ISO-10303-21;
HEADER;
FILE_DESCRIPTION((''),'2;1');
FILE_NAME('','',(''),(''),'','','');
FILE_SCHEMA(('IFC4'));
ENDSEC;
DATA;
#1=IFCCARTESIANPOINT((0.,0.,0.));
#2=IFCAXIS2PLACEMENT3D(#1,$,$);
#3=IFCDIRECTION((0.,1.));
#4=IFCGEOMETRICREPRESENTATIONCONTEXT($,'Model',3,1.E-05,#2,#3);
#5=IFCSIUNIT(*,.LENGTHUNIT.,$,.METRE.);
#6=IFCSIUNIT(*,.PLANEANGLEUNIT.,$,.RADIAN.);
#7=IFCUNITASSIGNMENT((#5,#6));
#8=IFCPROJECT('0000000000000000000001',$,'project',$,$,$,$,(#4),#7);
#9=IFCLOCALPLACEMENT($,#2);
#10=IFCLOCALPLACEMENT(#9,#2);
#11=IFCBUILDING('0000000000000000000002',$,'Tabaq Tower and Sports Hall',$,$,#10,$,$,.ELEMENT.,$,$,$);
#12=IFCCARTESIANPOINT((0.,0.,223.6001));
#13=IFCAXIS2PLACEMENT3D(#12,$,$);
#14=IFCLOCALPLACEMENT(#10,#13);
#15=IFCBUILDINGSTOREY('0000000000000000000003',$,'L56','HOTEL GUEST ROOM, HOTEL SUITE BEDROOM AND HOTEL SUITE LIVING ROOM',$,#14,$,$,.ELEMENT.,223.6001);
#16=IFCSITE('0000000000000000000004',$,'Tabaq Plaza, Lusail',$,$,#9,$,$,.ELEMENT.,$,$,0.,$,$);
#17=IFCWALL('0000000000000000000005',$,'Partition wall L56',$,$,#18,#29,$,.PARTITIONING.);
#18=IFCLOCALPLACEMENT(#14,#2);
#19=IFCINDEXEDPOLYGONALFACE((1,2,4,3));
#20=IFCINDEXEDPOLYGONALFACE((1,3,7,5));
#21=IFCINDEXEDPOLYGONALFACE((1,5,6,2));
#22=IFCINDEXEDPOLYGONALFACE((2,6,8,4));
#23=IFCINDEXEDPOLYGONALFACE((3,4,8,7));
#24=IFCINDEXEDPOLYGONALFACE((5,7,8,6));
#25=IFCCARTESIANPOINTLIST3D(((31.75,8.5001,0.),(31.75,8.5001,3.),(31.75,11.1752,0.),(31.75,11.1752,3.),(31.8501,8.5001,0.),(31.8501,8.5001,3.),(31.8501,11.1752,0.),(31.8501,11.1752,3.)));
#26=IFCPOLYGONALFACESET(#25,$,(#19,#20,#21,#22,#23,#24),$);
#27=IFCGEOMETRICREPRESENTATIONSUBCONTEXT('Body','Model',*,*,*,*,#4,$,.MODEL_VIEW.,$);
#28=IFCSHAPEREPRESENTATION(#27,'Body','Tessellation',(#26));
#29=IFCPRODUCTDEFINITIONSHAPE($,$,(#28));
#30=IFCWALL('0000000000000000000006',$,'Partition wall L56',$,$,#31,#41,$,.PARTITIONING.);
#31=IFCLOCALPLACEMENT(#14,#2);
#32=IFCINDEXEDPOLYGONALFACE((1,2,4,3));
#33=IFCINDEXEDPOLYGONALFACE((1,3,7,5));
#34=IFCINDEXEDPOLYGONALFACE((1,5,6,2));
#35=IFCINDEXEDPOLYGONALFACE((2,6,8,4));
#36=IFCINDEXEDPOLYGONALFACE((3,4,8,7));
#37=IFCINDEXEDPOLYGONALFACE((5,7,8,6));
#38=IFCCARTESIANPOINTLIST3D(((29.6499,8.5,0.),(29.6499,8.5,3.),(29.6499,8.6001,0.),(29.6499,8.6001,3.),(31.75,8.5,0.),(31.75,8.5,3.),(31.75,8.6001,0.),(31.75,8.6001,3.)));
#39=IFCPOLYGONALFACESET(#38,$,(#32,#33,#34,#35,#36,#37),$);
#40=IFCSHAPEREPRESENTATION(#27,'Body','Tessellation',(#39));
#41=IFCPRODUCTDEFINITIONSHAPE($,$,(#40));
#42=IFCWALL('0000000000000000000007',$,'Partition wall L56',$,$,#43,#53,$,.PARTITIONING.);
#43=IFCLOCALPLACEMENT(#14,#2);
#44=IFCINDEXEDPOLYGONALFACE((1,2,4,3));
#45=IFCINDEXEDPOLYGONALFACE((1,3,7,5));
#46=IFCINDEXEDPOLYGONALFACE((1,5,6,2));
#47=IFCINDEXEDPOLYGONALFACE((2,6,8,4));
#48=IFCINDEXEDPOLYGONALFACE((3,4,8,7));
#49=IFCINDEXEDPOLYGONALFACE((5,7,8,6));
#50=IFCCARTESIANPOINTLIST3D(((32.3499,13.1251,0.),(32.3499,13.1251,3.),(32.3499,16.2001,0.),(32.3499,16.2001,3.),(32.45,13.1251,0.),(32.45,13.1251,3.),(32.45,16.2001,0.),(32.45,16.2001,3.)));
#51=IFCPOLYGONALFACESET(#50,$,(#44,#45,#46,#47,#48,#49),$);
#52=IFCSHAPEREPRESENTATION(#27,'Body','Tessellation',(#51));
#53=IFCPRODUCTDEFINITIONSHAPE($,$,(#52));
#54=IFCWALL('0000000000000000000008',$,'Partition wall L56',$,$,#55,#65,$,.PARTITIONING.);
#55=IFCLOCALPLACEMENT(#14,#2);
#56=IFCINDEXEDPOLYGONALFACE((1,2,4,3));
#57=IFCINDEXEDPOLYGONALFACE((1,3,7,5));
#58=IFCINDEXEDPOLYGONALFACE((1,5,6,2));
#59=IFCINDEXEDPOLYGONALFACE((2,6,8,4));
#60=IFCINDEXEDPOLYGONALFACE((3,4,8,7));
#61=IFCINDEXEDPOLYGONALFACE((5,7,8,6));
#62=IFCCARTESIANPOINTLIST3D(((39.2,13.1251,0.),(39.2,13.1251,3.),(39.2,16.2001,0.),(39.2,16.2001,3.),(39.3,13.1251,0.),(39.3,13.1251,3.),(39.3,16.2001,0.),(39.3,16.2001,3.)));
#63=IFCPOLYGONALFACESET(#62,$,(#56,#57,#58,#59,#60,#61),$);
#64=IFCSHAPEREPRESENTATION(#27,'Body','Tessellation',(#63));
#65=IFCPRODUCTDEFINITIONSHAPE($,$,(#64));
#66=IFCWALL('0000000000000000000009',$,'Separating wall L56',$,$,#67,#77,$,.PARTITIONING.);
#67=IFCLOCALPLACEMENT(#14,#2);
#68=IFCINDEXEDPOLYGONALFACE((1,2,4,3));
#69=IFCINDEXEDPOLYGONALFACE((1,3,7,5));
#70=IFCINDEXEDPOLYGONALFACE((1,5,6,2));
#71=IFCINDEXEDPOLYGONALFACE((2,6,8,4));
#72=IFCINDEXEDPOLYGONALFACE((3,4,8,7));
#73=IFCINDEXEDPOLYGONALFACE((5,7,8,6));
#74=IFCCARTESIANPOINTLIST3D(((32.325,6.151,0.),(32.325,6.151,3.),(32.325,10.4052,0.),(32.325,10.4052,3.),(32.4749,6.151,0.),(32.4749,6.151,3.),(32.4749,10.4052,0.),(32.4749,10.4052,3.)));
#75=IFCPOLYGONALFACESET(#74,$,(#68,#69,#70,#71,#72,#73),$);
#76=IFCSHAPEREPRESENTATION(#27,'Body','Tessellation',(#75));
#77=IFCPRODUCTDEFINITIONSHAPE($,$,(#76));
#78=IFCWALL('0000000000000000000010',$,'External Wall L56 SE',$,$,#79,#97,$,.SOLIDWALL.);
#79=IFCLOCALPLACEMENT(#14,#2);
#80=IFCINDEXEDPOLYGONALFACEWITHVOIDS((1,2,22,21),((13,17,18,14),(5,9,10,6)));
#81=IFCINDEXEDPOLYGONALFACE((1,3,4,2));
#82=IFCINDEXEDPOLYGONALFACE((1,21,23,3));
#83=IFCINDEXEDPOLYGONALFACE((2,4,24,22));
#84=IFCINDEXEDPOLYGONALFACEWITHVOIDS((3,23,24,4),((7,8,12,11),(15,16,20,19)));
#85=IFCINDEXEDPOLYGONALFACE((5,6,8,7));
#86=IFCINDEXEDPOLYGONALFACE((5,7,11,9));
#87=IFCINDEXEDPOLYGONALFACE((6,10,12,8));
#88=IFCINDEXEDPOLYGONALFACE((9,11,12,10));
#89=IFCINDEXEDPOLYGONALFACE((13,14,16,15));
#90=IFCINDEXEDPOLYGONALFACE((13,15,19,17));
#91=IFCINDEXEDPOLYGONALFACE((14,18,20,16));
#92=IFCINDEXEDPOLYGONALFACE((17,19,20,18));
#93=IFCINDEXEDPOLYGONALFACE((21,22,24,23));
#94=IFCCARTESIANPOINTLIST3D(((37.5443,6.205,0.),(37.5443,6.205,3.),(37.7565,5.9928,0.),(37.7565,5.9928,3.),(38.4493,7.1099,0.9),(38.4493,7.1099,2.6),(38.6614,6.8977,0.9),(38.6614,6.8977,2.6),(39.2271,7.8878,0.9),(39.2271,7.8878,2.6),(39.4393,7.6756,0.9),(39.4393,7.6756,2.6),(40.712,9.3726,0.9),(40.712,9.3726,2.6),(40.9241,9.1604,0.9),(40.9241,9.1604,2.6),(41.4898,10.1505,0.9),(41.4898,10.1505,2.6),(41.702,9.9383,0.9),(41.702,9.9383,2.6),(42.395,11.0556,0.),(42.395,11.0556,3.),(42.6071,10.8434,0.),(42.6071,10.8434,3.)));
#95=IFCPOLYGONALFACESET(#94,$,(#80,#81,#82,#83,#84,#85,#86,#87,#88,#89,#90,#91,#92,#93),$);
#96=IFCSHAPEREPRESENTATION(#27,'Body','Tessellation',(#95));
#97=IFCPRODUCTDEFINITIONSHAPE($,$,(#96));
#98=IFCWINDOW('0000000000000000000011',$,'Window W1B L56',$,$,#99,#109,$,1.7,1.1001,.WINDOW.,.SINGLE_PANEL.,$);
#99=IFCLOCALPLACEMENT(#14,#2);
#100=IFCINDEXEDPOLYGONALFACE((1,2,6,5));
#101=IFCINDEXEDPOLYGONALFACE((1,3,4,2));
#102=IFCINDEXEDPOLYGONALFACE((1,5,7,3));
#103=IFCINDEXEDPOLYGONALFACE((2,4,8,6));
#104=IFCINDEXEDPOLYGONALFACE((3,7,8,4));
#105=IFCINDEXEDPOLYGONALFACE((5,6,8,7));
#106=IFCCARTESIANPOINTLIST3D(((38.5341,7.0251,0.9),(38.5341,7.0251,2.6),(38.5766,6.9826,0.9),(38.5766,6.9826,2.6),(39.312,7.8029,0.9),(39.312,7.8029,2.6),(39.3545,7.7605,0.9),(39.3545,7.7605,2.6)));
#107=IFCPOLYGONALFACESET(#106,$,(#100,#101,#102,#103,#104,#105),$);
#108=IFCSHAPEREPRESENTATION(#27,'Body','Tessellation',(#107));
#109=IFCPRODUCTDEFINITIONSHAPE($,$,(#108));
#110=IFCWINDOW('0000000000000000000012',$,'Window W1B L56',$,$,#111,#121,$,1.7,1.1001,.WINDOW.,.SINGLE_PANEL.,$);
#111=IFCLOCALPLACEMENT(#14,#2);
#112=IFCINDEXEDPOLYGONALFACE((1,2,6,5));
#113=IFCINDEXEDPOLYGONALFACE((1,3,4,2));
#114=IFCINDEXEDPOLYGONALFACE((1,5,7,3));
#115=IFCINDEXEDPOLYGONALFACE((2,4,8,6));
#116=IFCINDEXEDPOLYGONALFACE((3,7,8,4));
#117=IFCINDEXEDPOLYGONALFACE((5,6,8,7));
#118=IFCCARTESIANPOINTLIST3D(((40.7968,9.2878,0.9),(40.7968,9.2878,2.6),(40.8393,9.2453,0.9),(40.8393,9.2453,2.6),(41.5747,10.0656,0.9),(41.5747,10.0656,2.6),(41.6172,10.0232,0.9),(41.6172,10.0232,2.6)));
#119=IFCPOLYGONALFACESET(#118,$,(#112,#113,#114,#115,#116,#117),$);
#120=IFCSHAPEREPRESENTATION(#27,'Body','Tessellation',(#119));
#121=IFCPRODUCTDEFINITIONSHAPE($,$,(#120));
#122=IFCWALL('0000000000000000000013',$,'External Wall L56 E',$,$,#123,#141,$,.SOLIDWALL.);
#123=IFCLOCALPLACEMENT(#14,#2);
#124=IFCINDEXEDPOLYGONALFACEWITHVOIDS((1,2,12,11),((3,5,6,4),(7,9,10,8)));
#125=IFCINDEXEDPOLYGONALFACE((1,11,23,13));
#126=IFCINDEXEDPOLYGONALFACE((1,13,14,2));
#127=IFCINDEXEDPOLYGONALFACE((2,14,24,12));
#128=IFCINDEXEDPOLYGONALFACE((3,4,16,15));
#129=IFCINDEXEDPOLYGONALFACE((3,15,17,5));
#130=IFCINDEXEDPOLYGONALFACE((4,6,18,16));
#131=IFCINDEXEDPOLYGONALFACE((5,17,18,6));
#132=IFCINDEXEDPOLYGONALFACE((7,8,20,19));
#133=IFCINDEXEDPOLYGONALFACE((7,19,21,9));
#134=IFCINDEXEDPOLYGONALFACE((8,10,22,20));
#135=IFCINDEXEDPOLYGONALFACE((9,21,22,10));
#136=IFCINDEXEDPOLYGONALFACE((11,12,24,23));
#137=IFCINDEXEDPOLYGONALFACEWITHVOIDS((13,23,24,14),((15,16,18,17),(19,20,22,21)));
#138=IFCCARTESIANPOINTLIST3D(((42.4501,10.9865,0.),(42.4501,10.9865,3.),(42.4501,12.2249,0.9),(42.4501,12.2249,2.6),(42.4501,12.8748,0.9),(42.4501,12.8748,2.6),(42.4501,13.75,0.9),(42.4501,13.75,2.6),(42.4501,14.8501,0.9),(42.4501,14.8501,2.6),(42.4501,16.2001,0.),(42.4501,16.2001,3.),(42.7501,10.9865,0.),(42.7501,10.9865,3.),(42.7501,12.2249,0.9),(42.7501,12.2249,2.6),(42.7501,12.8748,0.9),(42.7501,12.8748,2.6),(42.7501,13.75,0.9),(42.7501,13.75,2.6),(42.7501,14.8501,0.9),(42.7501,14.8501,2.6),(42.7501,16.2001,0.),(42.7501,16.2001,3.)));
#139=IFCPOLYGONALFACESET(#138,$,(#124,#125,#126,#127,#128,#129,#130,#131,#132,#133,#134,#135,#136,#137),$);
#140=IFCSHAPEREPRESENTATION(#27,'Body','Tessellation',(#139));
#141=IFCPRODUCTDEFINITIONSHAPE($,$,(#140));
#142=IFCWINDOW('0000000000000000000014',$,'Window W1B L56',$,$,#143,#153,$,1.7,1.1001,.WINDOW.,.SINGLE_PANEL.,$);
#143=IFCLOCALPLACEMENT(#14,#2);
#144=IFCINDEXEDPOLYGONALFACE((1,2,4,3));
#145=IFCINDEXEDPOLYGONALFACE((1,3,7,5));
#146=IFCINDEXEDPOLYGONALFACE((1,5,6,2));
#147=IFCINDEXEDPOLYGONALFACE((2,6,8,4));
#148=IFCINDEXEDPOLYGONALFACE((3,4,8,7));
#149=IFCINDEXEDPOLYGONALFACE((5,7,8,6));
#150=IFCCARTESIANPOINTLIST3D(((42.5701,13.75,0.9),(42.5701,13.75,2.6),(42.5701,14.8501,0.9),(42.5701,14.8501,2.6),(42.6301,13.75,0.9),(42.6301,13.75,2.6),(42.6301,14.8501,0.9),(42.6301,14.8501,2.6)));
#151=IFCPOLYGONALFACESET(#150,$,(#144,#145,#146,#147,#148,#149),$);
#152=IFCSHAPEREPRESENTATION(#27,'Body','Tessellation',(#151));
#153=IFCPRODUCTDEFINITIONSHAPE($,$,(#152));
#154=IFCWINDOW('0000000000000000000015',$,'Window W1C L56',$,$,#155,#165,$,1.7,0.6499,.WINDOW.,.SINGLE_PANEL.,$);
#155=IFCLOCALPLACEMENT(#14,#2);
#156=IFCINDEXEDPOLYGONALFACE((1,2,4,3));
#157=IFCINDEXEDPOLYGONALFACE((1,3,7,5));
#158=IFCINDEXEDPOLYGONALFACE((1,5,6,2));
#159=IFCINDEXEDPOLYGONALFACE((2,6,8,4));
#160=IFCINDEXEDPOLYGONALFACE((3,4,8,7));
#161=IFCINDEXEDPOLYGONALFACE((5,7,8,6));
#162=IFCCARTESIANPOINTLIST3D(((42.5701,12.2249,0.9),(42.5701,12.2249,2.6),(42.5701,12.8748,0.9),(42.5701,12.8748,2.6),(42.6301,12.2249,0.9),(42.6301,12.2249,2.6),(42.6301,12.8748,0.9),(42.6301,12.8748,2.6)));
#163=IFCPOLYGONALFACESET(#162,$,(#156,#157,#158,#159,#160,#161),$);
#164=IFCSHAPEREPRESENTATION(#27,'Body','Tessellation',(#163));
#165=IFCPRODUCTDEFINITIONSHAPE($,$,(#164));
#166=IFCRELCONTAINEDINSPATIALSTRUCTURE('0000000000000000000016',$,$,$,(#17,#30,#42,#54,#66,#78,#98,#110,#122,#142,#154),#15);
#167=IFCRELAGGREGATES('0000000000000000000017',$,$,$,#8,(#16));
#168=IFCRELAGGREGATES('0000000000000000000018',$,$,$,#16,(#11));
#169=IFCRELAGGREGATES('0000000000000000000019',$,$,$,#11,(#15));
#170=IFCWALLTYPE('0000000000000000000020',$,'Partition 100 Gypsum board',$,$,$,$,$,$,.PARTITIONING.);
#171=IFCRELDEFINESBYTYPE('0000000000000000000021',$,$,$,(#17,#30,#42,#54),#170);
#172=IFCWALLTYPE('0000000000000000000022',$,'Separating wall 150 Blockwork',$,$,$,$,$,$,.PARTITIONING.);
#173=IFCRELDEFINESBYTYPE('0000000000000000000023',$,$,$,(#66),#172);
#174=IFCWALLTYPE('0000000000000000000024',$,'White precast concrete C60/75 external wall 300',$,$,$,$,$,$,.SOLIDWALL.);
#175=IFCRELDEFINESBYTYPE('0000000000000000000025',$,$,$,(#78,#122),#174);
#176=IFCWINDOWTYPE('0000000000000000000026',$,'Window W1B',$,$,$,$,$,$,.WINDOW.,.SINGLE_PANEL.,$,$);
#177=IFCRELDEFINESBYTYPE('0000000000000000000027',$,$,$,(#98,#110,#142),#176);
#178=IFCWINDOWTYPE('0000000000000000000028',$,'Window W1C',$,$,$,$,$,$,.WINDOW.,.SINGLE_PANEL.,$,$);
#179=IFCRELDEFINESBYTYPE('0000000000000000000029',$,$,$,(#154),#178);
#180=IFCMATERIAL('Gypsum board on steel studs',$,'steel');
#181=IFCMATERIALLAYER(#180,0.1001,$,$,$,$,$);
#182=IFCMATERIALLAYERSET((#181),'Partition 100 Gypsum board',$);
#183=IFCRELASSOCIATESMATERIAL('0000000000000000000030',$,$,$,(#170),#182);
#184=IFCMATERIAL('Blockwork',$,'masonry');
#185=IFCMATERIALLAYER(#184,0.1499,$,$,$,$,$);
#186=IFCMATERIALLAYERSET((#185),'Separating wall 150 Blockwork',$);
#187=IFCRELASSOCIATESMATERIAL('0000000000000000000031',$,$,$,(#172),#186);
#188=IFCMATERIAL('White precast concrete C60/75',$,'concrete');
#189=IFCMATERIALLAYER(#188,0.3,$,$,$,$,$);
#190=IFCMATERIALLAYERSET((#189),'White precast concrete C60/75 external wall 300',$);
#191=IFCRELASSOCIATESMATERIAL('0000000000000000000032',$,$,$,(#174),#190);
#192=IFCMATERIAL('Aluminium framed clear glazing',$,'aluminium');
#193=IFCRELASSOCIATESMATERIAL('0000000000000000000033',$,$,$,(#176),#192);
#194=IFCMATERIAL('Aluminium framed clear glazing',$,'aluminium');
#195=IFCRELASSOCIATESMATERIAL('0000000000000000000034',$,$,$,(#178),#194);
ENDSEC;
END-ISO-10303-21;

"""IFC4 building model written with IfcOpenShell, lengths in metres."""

from ifc_helpers import new_model, si_unit, direction, frame, frame_2d, origin, place, context, subcontext, project, spatial, rectangle, extrude, material, layer, layer_set, type_object, element, fill, save


model = new_model("IFC4")

# Units and contexts
model_context = context("Model", 3, precision=1e-05, world=origin(), true_north=direction((0.0, 1.0)))
body_context = subcontext(model_context, "Body", "Model", "MODEL_VIEW")
ifc_project = project(units=[si_unit("LENGTHUNIT", "METRE"), si_unit("PLANEANGLEUNIT", "RADIAN")], contexts=[model_context])

# Site, building, storey
site_placement = place(None, origin())
site = spatial("IfcSite", under=ifc_project, at=site_placement, Name="Tabaq Plaza, Lusail", CompositionType="ELEMENT", RefElevation=0.0)
building_placement = place(site_placement, origin())
building = spatial("IfcBuilding", under=site, at=building_placement, Name="Tabaq Tower and Sports Hall", CompositionType="ELEMENT")
storey_placement = place(building_placement, frame((0.0, 0.0, 223.6001)))
storey = spatial("IfcBuildingStorey", under=building, at=storey_placement, Name="L56", Description="HOTEL GUEST ROOM, HOTEL SUITE BEDROOM AND HOTEL SUITE LIVING ROOM", CompositionType="ELEMENT", Elevation=223.6001)

# Shared definitions
ifc_material_1 = material(Name="Gypsum board on steel studs", Category="steel")
ifc_layer_1 = layer(ifc_material_1, 0.1001)
ifc_layer_set_1 = layer_set([ifc_layer_1], Name="Partition 100 Gypsum board")
wall_type_1 = type_object("IfcWallType", Name="Partition 100 Gypsum board", PredefinedType="PARTITIONING", material=ifc_layer_set_1)

# Walls
wall_1_placement = place(storey_placement, frame((31.8, 11.175, 0.0), z_axis=(0.0, 0.0, 1.0), x_axis=(0.0, -1.0, 0.0)))
element("IfcWall", 1, at=wall_1_placement, inside=storey, type_object=wall_type_1, Name="Partition wall L56", PredefinedType="PARTITIONING", context=body_context, shape_type="SweptSolid", body=[
    extrude(rectangle(XDim=2.675, YDim=0.1001, at=frame_2d((1.3374, 0.0))), origin(), (0.0, 0.0, 1.0), 3.0),
])
wall_2_placement = place(storey_placement, frame((31.75, 8.55, 0.0), z_axis=(0.0, 0.0, 1.0), x_axis=(-1.0, 0.0, 0.0)))
element("IfcWall", 2, at=wall_2_placement, inside=storey, type_object=wall_type_1, Name="Partition wall L56", PredefinedType="PARTITIONING", context=body_context, shape_type="SweptSolid", body=[
    extrude(rectangle(XDim=2.1001, YDim=0.1001, at=frame_2d((1.05, 0.0))), origin(), (0.0, 0.0, 1.0), 3.0),
])
for number, where, z_axis, x_axis, name in (
    (3, (32.3999, 13.125, 0.0), (0.0, 0.0, 1.0), (0.0, 1.0, 0.0), "Partition wall L56"),
    (4, (39.25, 13.125, 0.0), (0.0, 0.0, 1.0), (0.0, 1.0, 0.0), "Partition wall L56"),
):
    element("IfcWall", number, at=place(storey_placement, frame(where, z_axis=z_axis, x_axis=x_axis)), inside=storey, type_object=wall_type_1, Name=name, PredefinedType="PARTITIONING", context=body_context, shape_type="SweptSolid", body=[
        extrude(rectangle(XDim=3.075, YDim=0.1001, at=frame_2d((1.5376, 0.0))), origin(), (0.0, 0.0, 1.0), 3.0),
    ])
ifc_material_2 = material(Name="Blockwork", Category="masonry")
ifc_layer_2 = layer(ifc_material_2, 0.1499)
ifc_layer_set_2 = layer_set([ifc_layer_2], Name="Separating wall 150 Blockwork")
wall_type_2 = type_object("IfcWallType", Name="Separating wall 150 Blockwork", PredefinedType="PARTITIONING", material=ifc_layer_set_2)
wall_3_placement = place(storey_placement, frame((32.3999, 10.405, 0.0), z_axis=(0.0, 0.0, 1.0), x_axis=(0.0, -1.0, 0.0)))
element("IfcWall", 5, at=wall_3_placement, inside=storey, type_object=wall_type_2, Name="Separating wall L56", PredefinedType="PARTITIONING", context=body_context, shape_type="SweptSolid", body=[
    extrude(rectangle(XDim=4.2542, YDim=0.1499, at=frame_2d((2.127, 0.0))), origin(), (0.0, 0.0, 1.0), 3.0),
])

# Walls, openings, windows
ifc_material_3 = material(Name="White precast concrete C60/75", Category="concrete")
ifc_layer_3 = layer(ifc_material_3, 0.3)
ifc_layer_set_3 = layer_set([ifc_layer_3], Name="White precast concrete C60/75 external wall 300")
wall_type_3 = type_object("IfcWallType", Name="White precast concrete C60/75 external wall 300", PredefinedType="SOLIDWALL", material=ifc_layer_set_3)
wall_4_placement = place(storey_placement, frame((37.6504, 6.0989, 0.0), z_axis=(0.0, 0.0, 1.0), x_axis=(0.707107, 0.707107, 0.0)))
wall_4 = element("IfcWall", 6, at=wall_4_placement, inside=storey, type_object=wall_type_3, Name="External Wall L56 SE", PredefinedType="SOLIDWALL", context=body_context, shape_type="SweptSolid", body=[
    extrude(rectangle(XDim=6.8599, YDim=0.3, at=frame_2d((3.4299, 0.0))), origin(), (0.0, 0.0, 1.0), 3.0),
])
opening_1_placement = place(wall_4_placement, frame((1.2798, 0.0, 0.8999)))
opening_1 = element("IfcOpeningElement", 7, at=opening_1_placement, cuts=wall_4, PredefinedType="OPENING", context=body_context, shape_type="SweptSolid", body=[
    extrude(rectangle(XDim=1.1001, YDim=1.7, at=frame_2d((0.55, 0.8501))), frame((0.0, 0.1602, 0.0), z_axis=(0.0, -1.0, 0.0), x_axis=(1.0, 0.0, 0.0)), (0.0, 0.0, 1.0), 0.3201),
])
opening_2_placement = place(wall_4_placement, frame((4.4797, 0.0, 0.8999)))
opening_2 = element("IfcOpeningElement", 8, at=opening_2_placement, cuts=wall_4, PredefinedType="OPENING", context=body_context, shape_type="SweptSolid", body=[
    extrude(rectangle(XDim=1.1001, YDim=1.7, at=frame_2d((0.55, 0.8501))), frame((0.0, 0.1602, 0.0), z_axis=(0.0, -1.0, 0.0), x_axis=(1.0, 0.0, 0.0)), (0.0, 0.0, 1.0), 0.3201),
])
ifc_material_4 = material(Name="Aluminium framed clear glazing", Category="aluminium")
window_type_1 = type_object("IfcWindowType", Name="Window W1B", PartitioningType="SINGLE_PANEL", PredefinedType="WINDOW", material=ifc_material_4)
window_1_placement = place(opening_1_placement, origin())
window_1 = element("IfcWindow", 9, at=window_1_placement, inside=storey, type_object=window_type_1, Name="Window W1B L56", OverallHeight=1.7, OverallWidth=1.1001, PartitioningType="SINGLE_PANEL", PredefinedType="WINDOW", context=body_context, shape_type="SweptSolid", body=[
    extrude(rectangle(XDim=1.1001, YDim=1.7, at=frame_2d((0.55, 0.8501))), frame((0.0, 0.03, 0.0), z_axis=(0.0, -1.0, 0.0), x_axis=(1.0, 0.0, 0.0)), (0.0, 0.0, 1.0), 0.0601),
])
fill(opening_1, window_1)
window_2_placement = place(opening_2_placement, origin())
window_2 = element("IfcWindow", 10, at=window_2_placement, inside=storey, type_object=window_type_1, Name="Window W1B L56", OverallHeight=1.7, OverallWidth=1.1001, PartitioningType="SINGLE_PANEL", PredefinedType="WINDOW", context=body_context, shape_type="SweptSolid", body=[
    extrude(rectangle(XDim=1.1001, YDim=1.7, at=frame_2d((0.55, 0.8501))), frame((0.0, 0.03, 0.0), z_axis=(0.0, -1.0, 0.0), x_axis=(1.0, 0.0, 0.0)), (0.0, 0.0, 1.0), 0.0601),
])
fill(opening_2, window_2)
wall_5_placement = place(storey_placement, frame((42.6001, 10.9863, 0.0), z_axis=(0.0, 0.0, 1.0), x_axis=(0.0, 1.0, 0.0)))
wall_5 = element("IfcWall", 11, at=wall_5_placement, inside=storey, type_object=wall_type_3, Name="External Wall L56 E", PredefinedType="SOLIDWALL", context=body_context, shape_type="SweptSolid", body=[
    extrude(rectangle(XDim=5.2136, YDim=0.3, at=frame_2d((2.6069, 0.0))), origin(), (0.0, 0.0, 1.0), 3.0),
])
opening_3_placement = place(wall_5_placement, frame((1.2385, 0.0, 0.8999)))
opening_3 = element("IfcOpeningElement", 12, at=opening_3_placement, cuts=wall_5, PredefinedType="OPENING", context=body_context, shape_type="SweptSolid", body=[
    extrude(rectangle(XDim=0.6499, YDim=1.7, at=frame_2d((0.325, 0.8501))), frame((0.0, 0.1602, 0.0), z_axis=(0.0, -1.0, 0.0), x_axis=(1.0, 0.0, 0.0)), (0.0, 0.0, 1.0), 0.3201),
])
opening_4_placement = place(wall_5_placement, frame((2.7637, 0.0, 0.8999)))
opening_4 = element("IfcOpeningElement", 13, at=opening_4_placement, cuts=wall_5, PredefinedType="OPENING", context=body_context, shape_type="SweptSolid", body=[
    extrude(rectangle(XDim=1.1001, YDim=1.7, at=frame_2d((0.55, 0.8501))), frame((0.0, 0.1602, 0.0), z_axis=(0.0, -1.0, 0.0), x_axis=(1.0, 0.0, 0.0)), (0.0, 0.0, 1.0), 0.3201),
])
window_3_placement = place(opening_4_placement, origin())
window_3 = element("IfcWindow", 14, at=window_3_placement, inside=storey, type_object=window_type_1, Name="Window W1B L56", OverallHeight=1.7, OverallWidth=1.1001, PartitioningType="SINGLE_PANEL", PredefinedType="WINDOW", context=body_context, shape_type="SweptSolid", body=[
    extrude(rectangle(XDim=1.1001, YDim=1.7, at=frame_2d((0.55, 0.8501))), frame((0.0, 0.03, 0.0), z_axis=(0.0, -1.0, 0.0), x_axis=(1.0, 0.0, 0.0)), (0.0, 0.0, 1.0), 0.0601),
])
fill(opening_4, window_3)
ifc_material_5 = material(Name="Aluminium framed clear glazing", Category="aluminium")
window_type_2 = type_object("IfcWindowType", Name="Window W1C", PartitioningType="SINGLE_PANEL", PredefinedType="WINDOW", material=ifc_material_5)
window_4_placement = place(opening_3_placement, origin())
window_4 = element("IfcWindow", 15, at=window_4_placement, inside=storey, type_object=window_type_2, Name="Window W1C L56", OverallHeight=1.7, OverallWidth=0.6499, PartitioningType="SINGLE_PANEL", PredefinedType="WINDOW", context=body_context, shape_type="SweptSolid", body=[
    extrude(rectangle(XDim=0.6499, YDim=1.7, at=frame_2d((0.325, 0.8501))), frame((0.0, 0.03, 0.0), z_axis=(0.0, -1.0, 0.0), x_axis=(1.0, 0.0, 0.0)), (0.0, 0.0, 1.0), 0.0601),
])
fill(opening_3, window_4)

save(model, "model.ifc")
